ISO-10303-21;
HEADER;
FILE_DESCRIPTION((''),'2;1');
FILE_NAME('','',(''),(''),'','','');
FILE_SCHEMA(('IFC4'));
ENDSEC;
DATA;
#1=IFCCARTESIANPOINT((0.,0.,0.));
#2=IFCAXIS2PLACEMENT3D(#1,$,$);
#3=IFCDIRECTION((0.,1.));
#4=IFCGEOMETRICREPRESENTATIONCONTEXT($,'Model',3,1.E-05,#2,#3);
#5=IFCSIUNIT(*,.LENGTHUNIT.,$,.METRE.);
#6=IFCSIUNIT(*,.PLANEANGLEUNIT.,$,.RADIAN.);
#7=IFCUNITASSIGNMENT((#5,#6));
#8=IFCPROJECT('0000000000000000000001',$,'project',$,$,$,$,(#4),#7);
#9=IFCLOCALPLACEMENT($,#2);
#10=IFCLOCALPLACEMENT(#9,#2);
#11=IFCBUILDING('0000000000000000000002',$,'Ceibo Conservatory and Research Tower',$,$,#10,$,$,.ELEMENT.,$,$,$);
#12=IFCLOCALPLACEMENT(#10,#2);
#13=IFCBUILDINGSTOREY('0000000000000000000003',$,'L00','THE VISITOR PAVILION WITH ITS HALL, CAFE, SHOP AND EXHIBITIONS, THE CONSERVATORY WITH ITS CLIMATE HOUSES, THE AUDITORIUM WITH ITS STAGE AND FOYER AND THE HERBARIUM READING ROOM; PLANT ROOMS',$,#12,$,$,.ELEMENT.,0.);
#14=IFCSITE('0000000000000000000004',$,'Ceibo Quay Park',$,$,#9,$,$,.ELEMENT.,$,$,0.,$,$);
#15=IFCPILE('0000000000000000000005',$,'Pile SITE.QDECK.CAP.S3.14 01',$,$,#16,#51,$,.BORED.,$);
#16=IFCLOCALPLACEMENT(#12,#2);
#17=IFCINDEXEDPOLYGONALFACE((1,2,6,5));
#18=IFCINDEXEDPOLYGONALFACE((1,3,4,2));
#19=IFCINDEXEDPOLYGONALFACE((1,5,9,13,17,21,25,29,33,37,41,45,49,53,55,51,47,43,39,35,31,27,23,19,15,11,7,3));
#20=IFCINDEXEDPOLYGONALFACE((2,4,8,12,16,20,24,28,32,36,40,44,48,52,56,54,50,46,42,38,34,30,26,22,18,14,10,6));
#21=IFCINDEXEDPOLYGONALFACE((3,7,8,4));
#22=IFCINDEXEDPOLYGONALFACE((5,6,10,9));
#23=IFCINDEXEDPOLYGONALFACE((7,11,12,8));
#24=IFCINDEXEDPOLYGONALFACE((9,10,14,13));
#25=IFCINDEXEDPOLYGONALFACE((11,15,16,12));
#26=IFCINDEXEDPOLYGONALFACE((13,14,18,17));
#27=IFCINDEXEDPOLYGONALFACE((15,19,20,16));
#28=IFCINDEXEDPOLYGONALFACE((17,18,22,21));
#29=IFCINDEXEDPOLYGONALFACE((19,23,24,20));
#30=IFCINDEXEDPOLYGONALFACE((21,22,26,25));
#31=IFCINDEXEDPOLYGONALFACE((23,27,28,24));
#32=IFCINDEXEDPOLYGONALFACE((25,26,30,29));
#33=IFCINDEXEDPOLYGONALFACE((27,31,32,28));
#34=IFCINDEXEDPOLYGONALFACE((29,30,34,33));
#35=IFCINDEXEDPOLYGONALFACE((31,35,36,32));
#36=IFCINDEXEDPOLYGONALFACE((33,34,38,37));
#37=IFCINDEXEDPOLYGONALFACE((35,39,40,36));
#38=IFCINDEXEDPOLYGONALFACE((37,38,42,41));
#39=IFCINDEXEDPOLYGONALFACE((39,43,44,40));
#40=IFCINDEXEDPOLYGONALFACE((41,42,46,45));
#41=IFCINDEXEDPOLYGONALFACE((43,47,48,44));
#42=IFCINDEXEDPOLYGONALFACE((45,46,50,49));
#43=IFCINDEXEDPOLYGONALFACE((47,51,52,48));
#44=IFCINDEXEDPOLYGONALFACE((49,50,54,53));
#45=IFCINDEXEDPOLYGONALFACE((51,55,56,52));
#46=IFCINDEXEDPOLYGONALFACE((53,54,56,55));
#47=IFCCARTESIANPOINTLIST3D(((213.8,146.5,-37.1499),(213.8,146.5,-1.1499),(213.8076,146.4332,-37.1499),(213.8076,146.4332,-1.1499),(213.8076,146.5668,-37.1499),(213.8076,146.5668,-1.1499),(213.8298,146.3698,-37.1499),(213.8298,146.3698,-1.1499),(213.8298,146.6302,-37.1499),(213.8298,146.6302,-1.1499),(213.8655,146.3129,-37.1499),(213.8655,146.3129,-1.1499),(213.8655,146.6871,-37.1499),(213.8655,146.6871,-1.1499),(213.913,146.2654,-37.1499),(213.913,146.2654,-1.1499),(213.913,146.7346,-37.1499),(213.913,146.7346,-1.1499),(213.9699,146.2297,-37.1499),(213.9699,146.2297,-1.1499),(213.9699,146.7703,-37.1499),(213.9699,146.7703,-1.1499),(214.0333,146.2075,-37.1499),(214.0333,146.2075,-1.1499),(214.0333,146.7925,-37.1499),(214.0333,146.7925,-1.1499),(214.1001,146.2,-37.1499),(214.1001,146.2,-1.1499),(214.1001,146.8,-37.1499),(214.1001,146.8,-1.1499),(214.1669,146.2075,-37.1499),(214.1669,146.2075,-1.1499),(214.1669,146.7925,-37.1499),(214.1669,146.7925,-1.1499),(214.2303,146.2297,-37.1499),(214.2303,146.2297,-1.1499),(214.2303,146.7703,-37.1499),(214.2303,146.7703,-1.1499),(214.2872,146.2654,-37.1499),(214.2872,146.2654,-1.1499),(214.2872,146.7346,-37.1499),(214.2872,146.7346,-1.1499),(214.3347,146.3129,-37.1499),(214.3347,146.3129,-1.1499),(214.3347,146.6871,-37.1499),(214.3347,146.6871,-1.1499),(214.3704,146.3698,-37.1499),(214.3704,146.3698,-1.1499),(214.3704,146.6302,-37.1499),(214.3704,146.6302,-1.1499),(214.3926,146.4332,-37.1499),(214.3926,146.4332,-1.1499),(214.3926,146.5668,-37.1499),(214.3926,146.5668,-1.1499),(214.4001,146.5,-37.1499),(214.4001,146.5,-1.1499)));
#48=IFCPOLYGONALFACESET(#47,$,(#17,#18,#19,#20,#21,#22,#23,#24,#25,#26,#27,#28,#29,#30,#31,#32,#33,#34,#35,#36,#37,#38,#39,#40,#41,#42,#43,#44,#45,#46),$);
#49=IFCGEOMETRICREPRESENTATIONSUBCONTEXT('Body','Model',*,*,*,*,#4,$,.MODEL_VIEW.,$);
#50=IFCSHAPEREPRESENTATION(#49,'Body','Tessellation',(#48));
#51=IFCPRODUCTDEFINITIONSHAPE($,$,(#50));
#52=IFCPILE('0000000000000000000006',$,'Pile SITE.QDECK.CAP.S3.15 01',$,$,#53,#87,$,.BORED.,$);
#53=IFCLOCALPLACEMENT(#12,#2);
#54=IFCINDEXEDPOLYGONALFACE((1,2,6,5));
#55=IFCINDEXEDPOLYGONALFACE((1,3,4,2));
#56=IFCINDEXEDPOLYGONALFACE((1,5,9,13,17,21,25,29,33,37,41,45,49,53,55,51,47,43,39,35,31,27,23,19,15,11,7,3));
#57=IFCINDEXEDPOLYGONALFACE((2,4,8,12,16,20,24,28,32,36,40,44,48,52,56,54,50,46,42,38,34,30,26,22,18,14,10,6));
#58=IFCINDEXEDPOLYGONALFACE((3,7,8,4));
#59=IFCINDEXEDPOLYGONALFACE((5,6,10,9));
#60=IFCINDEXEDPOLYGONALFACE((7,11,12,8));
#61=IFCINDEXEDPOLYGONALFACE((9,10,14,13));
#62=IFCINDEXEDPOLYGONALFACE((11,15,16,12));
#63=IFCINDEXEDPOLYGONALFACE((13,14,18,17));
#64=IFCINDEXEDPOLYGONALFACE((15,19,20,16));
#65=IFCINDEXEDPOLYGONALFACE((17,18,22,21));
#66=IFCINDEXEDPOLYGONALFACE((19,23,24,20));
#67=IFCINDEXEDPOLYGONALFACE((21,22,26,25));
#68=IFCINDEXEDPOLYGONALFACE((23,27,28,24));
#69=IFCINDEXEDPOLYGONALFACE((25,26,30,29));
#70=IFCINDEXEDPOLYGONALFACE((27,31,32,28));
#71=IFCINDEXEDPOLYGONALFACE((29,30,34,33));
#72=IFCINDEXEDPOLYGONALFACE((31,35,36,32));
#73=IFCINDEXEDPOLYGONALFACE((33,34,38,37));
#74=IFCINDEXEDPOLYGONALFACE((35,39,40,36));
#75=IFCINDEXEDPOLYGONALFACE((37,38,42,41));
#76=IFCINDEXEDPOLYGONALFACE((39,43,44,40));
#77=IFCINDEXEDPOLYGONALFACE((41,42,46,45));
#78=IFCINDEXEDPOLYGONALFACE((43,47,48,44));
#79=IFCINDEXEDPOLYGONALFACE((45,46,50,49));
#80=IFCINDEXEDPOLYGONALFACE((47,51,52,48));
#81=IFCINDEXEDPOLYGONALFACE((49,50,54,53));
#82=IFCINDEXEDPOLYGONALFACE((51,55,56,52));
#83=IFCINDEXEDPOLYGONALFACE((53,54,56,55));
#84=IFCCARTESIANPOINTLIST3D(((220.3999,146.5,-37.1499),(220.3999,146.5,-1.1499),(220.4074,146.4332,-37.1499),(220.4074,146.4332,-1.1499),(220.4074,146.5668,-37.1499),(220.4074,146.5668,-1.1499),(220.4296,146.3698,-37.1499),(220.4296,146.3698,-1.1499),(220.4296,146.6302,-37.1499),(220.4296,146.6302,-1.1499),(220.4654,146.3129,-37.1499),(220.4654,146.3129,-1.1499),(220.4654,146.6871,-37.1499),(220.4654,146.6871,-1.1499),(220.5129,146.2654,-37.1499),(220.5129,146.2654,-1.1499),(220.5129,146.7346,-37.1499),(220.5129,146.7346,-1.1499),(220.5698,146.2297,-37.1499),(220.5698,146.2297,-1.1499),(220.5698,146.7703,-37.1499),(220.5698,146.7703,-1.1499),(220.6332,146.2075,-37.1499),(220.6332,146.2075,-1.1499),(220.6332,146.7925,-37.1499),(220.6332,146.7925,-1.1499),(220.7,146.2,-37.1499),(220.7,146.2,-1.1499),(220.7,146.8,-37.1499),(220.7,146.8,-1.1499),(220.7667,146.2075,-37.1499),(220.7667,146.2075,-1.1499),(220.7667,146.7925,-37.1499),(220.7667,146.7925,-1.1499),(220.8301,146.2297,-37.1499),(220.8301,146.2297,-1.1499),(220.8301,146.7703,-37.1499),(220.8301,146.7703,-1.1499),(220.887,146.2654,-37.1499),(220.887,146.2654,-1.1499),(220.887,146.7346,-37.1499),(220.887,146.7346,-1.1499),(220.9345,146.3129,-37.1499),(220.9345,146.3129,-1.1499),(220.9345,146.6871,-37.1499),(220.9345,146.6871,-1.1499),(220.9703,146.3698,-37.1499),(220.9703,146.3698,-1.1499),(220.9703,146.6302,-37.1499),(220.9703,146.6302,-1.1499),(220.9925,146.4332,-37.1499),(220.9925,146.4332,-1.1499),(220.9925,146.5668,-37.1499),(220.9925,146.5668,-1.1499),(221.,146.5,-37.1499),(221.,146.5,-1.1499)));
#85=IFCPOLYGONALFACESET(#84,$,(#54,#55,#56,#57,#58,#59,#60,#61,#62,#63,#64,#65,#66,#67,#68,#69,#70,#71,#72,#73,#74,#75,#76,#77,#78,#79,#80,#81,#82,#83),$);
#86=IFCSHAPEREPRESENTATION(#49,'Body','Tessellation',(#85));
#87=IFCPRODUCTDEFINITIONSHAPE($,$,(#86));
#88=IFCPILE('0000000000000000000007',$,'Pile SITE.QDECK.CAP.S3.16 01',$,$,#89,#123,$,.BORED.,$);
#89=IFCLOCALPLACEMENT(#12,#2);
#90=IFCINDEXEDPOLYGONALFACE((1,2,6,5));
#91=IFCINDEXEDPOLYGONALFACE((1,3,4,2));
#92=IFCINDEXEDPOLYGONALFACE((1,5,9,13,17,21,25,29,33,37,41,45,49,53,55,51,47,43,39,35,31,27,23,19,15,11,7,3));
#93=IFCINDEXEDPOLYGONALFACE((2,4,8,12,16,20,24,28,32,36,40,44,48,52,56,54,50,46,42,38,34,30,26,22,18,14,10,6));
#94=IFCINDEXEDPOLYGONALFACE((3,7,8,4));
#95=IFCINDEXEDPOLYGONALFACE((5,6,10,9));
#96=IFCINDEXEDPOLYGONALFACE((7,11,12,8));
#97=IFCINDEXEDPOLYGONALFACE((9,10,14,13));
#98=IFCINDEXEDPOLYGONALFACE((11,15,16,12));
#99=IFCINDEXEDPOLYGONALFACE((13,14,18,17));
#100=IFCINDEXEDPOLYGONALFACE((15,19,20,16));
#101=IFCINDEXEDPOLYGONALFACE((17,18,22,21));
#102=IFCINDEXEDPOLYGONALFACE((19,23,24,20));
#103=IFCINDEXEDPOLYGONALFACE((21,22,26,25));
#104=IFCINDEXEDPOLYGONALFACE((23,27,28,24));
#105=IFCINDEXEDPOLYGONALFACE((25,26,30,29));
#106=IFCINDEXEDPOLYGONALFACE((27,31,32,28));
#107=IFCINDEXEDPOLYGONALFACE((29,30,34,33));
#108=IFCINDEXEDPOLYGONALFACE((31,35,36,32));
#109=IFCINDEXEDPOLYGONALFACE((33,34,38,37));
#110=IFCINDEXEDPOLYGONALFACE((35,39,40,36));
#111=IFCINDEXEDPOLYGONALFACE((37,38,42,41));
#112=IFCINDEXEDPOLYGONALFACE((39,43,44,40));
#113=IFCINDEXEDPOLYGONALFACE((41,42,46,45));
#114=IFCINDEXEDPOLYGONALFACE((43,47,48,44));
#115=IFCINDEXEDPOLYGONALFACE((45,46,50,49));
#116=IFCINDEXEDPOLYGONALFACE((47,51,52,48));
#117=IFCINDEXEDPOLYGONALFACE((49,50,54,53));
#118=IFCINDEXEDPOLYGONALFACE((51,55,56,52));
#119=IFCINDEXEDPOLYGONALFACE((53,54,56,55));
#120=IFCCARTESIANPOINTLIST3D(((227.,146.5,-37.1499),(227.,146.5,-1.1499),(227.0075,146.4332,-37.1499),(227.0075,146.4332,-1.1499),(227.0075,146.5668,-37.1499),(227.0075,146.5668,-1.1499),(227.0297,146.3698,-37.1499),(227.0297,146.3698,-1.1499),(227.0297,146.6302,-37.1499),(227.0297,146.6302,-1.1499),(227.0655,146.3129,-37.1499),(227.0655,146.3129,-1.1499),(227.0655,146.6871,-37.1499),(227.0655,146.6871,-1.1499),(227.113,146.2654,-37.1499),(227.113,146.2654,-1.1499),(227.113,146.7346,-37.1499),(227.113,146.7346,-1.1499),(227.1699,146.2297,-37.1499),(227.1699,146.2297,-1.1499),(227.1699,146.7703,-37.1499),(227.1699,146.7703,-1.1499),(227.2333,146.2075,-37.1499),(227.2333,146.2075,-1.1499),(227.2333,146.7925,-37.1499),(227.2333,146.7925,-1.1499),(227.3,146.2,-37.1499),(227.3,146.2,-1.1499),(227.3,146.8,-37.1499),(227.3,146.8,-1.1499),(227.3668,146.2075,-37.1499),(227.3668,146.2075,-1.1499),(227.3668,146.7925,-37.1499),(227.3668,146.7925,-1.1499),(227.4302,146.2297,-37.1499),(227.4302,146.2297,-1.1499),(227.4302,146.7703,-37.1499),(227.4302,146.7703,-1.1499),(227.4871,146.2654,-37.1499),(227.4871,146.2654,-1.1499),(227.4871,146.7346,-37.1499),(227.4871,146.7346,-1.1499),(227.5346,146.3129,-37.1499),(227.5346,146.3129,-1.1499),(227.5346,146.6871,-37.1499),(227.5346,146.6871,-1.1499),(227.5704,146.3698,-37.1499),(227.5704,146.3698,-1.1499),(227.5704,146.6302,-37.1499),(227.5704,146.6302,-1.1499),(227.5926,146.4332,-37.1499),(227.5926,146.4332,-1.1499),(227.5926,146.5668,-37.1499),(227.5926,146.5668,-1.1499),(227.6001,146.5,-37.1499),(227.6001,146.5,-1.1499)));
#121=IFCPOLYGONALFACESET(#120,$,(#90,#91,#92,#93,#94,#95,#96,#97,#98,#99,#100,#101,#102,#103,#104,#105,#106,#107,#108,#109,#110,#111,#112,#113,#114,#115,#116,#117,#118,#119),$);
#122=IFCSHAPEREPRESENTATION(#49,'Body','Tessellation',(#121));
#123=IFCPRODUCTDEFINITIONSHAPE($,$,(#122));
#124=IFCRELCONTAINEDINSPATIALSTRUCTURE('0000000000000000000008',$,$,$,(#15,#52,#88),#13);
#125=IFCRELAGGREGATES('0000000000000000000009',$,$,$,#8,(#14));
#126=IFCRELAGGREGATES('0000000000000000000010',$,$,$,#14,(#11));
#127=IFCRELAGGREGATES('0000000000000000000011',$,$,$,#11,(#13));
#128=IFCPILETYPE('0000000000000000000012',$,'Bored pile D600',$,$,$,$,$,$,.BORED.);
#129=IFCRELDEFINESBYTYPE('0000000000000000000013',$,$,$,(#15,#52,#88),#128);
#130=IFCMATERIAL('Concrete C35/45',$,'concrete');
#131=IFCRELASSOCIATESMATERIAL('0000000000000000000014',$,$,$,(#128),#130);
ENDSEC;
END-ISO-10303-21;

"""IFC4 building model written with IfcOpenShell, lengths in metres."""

from ifc_helpers import new_model, si_unit, direction, frame, origin, origin_2d, place, context, subcontext, project, spatial, circle, extrude, material, material_profile, profile_set, type_object, element, save


model = new_model("IFC4")

# Units and contexts
model_context = context("Model", 3, precision=1e-05, world=origin(), true_north=direction((0.0, 1.0)))
body_context = subcontext(model_context, "Body", "Model", "MODEL_VIEW")
ifc_project = project(units=[si_unit("LENGTHUNIT", "METRE"), si_unit("PLANEANGLEUNIT", "RADIAN")], contexts=[model_context])

# Site, building, storey
site_placement = place(None, origin())
site = spatial("IfcSite", under=ifc_project, at=site_placement, Name="Ceibo Quay Park", CompositionType="ELEMENT", RefElevation=0.0)
building_placement = place(site_placement, origin())
building = spatial("IfcBuilding", under=site, at=building_placement, Name="Ceibo Conservatory and Research Tower", CompositionType="ELEMENT")
storey_placement = place(building_placement, origin())
storey = spatial("IfcBuildingStorey", under=building, at=storey_placement, Name="L00", Description="THE VISITOR PAVILION WITH ITS HALL, CAFE, SHOP AND EXHIBITIONS, THE CONSERVATORY WITH ITS CLIMATE HOUSES, THE AUDITORIUM WITH ITS STAGE AND FOYER AND THE HERBARIUM READING ROOM; PLANT ROOMS", CompositionType="ELEMENT", Elevation=0.0)

# Piles
ifc_material = material(Name="Concrete C35/45", Category="concrete")
ifc_material_profile = material_profile(ifc_material, circle(Radius=0.3, at=origin_2d()), Name="RC D600")
ifc_profile_set = profile_set([ifc_material_profile], Name="Concrete C35/45")
pile_type = type_object("IfcPileType", Name="Bored pile D600", PredefinedType="BORED", material=ifc_profile_set)
for number, where, z_axis, x_axis, name in (
    (1, (214.1001, 146.5, -1.1499), (0.0, 0.0, -1.0), (1.0, 0.0, 0.0), "Pile SITE.QDECK.CAP.S3.14 01"),
    (2, (220.7, 146.5, -1.1499), (0.0, 0.0, -1.0), (1.0, 0.0, 0.0), "Pile SITE.QDECK.CAP.S3.15 01"),
    (3, (227.3, 146.5, -1.1499), (0.0, 0.0, -1.0), (1.0, 0.0, 0.0), "Pile SITE.QDECK.CAP.S3.16 01"),
):
    element("IfcPile", number, at=place(storey_placement, frame(where, z_axis=z_axis, x_axis=x_axis)), inside=storey, type_object=pile_type, Name=name, PredefinedType="BORED", context=body_context, shape_type="SweptSolid", body=[
        extrude(circle(Radius=0.3, at=origin_2d()), origin(), (0.0, 0.0, 1.0), 36.0),
    ])

save(model, "model.ifc")
